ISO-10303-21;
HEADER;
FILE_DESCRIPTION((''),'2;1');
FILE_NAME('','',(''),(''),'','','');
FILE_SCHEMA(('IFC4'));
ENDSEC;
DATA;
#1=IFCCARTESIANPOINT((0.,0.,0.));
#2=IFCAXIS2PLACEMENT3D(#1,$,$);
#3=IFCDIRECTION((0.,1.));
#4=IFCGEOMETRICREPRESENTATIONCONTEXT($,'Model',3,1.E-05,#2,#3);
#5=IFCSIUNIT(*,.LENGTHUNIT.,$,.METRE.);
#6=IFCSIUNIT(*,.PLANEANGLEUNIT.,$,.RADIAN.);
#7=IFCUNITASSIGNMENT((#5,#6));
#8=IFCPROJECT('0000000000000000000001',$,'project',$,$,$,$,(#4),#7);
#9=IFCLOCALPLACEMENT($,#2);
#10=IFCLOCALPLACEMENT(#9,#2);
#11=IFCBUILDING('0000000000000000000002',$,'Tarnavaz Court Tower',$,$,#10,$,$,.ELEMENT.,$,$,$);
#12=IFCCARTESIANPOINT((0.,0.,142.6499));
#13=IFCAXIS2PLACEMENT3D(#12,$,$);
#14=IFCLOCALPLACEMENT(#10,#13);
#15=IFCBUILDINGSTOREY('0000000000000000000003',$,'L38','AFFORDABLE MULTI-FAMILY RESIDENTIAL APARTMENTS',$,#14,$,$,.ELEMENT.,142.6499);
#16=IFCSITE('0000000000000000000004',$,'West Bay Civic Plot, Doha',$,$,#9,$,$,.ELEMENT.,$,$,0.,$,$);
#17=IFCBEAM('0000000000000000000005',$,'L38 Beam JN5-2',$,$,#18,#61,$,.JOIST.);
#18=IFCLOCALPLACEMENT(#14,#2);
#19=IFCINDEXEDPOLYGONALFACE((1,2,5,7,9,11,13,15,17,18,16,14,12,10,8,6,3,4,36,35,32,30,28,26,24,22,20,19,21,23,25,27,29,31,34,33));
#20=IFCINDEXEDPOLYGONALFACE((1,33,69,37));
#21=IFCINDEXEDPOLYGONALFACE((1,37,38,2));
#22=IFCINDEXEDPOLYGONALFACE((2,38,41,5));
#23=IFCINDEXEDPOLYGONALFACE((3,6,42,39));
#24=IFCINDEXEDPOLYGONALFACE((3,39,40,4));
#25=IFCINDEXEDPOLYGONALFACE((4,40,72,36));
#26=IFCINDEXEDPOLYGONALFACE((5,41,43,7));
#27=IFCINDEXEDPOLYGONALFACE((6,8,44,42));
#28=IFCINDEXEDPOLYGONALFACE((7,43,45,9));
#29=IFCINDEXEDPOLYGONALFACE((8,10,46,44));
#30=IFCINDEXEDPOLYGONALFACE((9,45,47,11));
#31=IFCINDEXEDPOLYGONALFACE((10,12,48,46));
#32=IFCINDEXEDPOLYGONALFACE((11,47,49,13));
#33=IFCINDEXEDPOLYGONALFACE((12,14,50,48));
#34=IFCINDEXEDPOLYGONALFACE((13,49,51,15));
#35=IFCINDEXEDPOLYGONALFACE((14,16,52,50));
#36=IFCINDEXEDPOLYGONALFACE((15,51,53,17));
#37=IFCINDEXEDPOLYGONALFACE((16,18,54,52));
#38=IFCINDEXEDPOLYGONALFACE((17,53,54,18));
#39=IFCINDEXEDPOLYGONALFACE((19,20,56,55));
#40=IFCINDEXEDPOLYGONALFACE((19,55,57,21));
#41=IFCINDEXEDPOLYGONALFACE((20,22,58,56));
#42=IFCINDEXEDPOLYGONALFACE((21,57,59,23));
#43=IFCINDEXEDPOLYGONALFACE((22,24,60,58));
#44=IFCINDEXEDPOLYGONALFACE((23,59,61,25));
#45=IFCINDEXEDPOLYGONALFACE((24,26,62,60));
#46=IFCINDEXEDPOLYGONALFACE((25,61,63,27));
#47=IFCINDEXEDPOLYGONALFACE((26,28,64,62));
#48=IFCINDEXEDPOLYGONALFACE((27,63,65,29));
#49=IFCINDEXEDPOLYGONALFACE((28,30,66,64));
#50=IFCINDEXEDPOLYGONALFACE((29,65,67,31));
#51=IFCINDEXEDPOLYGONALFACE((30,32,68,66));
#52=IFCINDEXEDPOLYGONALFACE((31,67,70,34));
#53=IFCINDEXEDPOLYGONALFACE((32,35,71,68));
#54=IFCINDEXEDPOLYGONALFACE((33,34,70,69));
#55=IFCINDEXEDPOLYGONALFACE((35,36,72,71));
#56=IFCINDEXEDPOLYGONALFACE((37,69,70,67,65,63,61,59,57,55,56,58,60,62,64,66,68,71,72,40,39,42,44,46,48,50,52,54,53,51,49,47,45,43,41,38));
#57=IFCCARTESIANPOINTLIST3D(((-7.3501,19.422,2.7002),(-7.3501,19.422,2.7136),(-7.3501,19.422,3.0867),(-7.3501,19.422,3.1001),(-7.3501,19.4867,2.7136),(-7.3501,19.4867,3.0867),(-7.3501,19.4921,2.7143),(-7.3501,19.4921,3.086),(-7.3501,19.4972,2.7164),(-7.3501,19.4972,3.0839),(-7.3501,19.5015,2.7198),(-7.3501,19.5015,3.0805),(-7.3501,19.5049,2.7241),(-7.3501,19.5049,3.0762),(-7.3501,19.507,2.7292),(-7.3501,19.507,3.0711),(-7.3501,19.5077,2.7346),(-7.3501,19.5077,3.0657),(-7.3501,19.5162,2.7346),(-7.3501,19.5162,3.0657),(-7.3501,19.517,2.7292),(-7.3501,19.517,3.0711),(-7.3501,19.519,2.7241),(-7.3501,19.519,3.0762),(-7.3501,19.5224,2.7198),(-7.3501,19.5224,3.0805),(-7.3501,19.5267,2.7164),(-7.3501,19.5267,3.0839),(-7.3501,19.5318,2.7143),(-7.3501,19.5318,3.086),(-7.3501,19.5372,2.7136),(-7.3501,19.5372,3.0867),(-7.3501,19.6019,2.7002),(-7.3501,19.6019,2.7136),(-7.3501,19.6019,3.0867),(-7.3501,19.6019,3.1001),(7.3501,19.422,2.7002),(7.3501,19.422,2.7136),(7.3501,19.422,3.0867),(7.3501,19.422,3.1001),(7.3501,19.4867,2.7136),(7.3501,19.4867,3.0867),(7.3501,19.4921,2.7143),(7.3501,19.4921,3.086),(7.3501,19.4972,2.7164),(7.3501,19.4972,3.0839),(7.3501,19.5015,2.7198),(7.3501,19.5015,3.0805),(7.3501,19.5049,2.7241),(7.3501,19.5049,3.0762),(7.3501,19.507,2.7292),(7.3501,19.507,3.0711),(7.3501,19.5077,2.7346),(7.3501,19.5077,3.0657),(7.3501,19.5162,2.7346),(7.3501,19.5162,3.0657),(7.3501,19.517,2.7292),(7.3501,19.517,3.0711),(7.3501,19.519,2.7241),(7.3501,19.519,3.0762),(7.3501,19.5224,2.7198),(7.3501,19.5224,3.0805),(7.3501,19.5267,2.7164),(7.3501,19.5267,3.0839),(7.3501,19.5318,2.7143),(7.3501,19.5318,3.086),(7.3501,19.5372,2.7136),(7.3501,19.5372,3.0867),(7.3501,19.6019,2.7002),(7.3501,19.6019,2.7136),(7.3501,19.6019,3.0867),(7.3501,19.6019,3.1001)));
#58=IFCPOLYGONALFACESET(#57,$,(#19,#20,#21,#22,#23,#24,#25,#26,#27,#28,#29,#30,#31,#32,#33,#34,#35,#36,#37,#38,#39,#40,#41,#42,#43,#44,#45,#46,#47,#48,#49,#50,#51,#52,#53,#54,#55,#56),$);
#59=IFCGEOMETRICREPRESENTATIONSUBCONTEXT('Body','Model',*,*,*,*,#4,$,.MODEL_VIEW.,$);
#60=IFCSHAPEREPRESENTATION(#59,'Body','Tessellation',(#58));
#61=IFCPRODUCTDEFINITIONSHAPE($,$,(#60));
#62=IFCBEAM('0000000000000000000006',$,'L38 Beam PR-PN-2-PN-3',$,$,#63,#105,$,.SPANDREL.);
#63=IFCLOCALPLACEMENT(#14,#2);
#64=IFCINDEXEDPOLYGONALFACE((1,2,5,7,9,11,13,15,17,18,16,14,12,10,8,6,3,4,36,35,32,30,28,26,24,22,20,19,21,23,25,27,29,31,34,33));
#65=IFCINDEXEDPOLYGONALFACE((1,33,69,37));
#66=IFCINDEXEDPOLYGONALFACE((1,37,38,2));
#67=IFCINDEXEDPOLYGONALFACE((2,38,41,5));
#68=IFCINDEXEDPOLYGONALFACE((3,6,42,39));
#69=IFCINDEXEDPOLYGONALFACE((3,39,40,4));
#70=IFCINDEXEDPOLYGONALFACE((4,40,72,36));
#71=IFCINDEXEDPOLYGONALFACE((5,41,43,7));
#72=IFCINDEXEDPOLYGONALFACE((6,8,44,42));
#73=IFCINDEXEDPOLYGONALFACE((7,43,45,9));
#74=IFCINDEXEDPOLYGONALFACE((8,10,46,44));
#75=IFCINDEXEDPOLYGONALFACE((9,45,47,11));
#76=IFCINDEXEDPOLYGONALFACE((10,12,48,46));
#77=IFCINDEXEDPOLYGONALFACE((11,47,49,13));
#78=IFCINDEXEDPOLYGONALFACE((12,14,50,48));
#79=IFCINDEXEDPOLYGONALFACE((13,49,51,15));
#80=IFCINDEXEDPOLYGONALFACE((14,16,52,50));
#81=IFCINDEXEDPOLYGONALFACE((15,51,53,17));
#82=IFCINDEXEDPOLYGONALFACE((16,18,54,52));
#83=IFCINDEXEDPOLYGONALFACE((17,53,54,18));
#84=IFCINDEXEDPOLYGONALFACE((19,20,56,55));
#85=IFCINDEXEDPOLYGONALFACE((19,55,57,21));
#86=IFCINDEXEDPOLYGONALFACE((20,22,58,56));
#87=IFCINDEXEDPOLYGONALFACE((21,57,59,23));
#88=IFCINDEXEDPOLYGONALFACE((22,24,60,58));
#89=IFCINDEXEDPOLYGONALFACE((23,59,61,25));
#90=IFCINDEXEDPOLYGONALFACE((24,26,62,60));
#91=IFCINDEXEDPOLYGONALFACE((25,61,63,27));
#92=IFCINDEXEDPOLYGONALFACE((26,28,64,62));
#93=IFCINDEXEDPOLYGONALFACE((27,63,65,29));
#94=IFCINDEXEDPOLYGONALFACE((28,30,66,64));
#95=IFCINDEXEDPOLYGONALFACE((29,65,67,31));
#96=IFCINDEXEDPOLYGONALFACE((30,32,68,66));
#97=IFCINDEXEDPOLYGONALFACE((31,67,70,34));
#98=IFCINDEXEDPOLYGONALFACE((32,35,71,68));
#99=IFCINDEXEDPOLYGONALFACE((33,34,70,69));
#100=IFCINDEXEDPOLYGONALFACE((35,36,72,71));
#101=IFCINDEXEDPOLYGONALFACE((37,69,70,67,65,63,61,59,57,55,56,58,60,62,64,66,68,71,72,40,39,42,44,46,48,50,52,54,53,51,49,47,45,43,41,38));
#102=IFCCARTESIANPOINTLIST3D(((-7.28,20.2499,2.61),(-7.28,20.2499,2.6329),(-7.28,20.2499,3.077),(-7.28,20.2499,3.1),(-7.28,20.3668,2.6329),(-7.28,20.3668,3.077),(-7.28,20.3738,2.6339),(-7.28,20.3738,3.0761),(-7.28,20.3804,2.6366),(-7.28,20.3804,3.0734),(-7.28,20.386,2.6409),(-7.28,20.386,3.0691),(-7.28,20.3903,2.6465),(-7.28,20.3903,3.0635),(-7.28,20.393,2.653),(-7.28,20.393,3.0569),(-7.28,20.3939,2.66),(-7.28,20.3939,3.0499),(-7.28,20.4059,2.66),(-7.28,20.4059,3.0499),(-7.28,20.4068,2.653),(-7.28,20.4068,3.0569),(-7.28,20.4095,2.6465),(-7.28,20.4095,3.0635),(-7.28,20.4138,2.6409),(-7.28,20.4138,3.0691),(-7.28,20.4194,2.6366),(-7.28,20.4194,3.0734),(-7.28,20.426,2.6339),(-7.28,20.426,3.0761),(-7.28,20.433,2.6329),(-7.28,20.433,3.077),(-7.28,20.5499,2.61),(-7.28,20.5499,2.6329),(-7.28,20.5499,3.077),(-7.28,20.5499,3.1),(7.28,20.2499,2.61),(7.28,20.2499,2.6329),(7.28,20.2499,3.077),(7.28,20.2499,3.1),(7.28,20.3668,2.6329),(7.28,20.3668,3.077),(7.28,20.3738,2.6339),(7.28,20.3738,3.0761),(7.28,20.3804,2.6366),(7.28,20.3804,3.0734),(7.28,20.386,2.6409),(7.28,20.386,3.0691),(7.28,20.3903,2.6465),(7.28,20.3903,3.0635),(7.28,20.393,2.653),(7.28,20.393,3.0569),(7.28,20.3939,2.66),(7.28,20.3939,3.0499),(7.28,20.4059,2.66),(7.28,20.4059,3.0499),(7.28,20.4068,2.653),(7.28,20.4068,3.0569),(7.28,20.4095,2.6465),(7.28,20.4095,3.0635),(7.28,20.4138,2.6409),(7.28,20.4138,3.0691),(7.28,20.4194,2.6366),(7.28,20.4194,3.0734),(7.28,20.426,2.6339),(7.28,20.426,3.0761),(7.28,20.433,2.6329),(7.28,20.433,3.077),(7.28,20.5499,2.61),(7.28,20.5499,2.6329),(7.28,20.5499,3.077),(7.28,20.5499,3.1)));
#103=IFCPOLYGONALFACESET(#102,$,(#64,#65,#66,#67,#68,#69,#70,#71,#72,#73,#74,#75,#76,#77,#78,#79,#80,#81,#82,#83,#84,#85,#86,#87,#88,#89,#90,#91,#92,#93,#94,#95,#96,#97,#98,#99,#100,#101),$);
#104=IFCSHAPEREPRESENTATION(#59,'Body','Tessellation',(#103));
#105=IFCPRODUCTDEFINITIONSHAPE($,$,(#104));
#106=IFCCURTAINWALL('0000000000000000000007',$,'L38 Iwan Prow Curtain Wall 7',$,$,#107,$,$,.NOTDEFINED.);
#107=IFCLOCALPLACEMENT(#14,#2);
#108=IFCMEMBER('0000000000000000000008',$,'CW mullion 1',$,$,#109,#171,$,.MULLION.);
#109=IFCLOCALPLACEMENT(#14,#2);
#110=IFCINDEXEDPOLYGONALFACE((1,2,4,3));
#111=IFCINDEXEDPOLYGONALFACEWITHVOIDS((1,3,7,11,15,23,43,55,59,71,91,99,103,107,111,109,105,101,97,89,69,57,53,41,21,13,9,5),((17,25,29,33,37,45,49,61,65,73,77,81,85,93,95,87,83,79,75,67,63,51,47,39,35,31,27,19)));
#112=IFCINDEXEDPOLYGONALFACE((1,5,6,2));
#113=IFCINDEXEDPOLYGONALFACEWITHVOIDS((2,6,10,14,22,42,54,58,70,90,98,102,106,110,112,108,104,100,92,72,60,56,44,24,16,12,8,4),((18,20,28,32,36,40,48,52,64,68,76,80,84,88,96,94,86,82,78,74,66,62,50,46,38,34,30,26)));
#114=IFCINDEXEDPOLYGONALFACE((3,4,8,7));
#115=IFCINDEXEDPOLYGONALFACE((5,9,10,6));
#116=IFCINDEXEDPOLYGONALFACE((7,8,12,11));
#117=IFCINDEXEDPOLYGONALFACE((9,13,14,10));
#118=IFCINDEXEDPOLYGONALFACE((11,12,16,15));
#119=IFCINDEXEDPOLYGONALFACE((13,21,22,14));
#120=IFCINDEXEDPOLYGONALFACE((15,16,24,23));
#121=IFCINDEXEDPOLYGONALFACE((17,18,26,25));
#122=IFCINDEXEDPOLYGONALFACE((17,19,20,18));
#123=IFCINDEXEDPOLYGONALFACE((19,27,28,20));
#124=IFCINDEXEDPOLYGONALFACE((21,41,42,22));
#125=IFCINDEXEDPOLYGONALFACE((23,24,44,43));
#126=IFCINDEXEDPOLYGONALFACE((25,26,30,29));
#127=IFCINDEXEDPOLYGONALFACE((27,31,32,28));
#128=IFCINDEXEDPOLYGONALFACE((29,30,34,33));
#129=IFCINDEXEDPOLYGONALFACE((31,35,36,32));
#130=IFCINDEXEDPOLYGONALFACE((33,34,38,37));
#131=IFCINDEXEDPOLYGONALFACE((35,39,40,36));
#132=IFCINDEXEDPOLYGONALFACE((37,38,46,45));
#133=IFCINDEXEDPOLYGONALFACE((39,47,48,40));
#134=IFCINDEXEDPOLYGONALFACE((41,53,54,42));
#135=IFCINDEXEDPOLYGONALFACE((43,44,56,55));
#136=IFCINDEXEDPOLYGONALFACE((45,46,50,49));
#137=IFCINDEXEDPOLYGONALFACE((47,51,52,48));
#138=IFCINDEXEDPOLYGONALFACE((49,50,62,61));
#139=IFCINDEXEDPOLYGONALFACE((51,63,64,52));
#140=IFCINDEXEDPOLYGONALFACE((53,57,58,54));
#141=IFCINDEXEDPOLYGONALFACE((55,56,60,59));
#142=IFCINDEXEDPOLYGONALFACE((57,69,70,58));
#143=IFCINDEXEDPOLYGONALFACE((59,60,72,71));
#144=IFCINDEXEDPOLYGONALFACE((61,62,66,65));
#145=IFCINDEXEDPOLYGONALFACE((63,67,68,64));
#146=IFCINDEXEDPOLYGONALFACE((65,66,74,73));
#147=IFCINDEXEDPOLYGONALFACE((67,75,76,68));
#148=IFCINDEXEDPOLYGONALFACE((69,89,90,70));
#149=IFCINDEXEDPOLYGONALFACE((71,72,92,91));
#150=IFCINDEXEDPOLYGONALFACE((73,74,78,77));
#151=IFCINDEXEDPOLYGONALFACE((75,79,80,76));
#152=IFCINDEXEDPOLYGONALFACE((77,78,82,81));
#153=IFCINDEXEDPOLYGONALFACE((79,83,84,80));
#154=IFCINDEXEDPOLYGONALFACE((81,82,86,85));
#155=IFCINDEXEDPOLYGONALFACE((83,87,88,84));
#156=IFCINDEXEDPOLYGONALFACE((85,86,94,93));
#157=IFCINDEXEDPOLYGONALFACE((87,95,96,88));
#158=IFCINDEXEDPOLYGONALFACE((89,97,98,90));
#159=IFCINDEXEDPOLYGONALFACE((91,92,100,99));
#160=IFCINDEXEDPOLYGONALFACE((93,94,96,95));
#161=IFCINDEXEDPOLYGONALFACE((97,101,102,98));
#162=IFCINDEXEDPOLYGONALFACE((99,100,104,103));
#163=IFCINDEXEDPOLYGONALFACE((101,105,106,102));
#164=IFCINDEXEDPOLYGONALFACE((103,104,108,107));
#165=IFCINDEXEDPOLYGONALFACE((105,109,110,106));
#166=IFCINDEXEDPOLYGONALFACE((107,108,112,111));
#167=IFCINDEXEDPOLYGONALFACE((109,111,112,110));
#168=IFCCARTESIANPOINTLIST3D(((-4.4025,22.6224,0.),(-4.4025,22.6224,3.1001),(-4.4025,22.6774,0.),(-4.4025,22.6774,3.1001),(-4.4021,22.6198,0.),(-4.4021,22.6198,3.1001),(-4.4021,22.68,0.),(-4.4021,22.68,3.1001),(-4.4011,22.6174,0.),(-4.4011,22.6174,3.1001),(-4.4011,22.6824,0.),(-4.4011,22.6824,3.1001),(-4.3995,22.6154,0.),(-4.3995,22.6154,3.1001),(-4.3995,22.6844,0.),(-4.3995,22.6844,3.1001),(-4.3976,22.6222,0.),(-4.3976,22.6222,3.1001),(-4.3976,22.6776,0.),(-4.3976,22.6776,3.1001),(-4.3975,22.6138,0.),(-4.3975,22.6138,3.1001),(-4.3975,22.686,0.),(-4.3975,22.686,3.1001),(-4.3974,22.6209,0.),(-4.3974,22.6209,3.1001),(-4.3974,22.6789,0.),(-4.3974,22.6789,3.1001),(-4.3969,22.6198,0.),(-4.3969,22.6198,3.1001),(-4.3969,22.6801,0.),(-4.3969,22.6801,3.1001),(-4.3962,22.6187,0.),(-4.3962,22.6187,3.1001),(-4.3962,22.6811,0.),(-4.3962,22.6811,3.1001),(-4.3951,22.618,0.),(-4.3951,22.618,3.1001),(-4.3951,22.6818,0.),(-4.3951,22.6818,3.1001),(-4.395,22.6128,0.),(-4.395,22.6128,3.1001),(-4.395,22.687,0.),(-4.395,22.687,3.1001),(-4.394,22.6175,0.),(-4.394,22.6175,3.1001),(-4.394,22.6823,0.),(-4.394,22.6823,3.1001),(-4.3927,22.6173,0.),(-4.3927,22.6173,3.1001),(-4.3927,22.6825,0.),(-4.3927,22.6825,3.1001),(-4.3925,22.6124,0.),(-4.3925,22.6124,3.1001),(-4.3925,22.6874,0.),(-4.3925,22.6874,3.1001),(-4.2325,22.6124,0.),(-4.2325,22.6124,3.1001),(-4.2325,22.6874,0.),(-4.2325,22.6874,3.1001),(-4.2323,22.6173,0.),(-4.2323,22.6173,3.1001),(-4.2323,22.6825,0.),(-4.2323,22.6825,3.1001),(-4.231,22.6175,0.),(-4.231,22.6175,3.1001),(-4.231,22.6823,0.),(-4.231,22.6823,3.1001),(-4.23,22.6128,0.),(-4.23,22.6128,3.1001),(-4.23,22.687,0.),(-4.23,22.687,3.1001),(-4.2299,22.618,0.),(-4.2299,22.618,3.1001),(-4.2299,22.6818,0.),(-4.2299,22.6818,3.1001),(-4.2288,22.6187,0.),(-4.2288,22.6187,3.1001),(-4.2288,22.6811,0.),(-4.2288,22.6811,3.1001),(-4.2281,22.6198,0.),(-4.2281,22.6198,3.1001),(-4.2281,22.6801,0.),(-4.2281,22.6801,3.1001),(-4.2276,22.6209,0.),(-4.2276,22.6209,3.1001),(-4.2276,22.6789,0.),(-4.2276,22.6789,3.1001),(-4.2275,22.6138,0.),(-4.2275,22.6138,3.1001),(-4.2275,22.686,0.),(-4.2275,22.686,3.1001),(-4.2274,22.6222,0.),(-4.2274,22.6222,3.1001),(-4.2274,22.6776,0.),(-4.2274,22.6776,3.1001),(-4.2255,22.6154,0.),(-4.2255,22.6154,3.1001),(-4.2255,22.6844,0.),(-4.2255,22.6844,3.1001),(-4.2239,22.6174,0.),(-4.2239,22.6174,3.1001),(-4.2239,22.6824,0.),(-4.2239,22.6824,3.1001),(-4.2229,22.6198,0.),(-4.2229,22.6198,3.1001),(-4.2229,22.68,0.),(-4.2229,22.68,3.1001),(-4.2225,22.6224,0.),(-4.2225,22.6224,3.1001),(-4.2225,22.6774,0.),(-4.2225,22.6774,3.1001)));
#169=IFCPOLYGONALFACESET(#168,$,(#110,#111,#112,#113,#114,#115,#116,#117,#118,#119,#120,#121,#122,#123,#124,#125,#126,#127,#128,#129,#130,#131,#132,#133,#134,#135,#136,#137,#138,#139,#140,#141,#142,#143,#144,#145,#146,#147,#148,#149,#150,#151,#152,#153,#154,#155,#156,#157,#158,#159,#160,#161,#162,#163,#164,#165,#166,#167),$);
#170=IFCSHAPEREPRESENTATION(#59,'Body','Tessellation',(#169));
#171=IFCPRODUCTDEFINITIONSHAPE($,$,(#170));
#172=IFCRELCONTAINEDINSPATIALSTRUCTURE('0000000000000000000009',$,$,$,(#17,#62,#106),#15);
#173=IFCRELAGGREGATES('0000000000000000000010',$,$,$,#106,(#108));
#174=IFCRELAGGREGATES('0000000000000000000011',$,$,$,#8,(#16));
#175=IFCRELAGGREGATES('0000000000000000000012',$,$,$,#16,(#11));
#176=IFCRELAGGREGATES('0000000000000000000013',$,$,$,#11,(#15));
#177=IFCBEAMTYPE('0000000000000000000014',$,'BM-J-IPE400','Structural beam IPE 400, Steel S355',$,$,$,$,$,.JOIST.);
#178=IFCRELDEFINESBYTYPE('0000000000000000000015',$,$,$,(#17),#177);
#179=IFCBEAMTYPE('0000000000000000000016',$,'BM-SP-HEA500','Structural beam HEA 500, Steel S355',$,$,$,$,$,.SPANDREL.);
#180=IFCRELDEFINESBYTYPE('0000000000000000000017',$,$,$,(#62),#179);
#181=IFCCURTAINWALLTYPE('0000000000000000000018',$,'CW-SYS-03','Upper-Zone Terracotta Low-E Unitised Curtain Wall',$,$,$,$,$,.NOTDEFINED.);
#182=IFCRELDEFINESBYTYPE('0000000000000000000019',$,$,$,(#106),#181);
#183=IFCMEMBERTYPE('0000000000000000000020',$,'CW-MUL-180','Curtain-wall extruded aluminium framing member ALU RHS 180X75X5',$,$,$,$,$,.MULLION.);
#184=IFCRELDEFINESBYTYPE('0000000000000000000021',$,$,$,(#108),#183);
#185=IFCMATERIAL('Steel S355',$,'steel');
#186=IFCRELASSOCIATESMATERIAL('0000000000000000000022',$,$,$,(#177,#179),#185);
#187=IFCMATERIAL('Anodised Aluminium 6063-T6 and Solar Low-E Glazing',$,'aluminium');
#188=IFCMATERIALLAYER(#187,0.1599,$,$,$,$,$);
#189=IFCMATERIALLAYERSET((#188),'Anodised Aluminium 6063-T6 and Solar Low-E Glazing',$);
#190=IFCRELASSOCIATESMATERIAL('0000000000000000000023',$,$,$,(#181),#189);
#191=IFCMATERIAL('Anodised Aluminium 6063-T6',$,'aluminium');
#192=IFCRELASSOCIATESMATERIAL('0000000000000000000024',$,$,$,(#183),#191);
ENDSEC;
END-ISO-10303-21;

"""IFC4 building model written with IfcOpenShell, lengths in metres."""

from ifc_helpers import new_model, si_unit, direction, frame, origin, origin_2d, place, context, subcontext, project, spatial, hollow_rectangle, i_section, extrude, material, layer, layer_set, material_profile, profile_set, type_object, element, aggregate, save


model = new_model("IFC4")

# Units and contexts
model_context = context("Model", 3, precision=1e-05, world=origin(), true_north=direction((0.0, 1.0)))
body_context = subcontext(model_context, "Body", "Model", "MODEL_VIEW")
ifc_project = project(units=[si_unit("LENGTHUNIT", "METRE"), si_unit("PLANEANGLEUNIT", "RADIAN")], contexts=[model_context])

# Site, building, storey
site_placement = place(None, origin())
site = spatial("IfcSite", under=ifc_project, at=site_placement, Name="West Bay Civic Plot, Doha", CompositionType="ELEMENT", RefElevation=0.0)
building_placement = place(site_placement, origin())
building = spatial("IfcBuilding", under=site, at=building_placement, Name="Tarnavaz Court Tower", CompositionType="ELEMENT")
storey_placement = place(building_placement, frame((0.0, 0.0, 142.6499)))
storey = spatial("IfcBuildingStorey", under=building, at=storey_placement, Name="L38", Description="AFFORDABLE MULTI-FAMILY RESIDENTIAL APARTMENTS", CompositionType="ELEMENT", Elevation=142.6499)

# Beams
ifc_material_1 = material(Name="Steel S355", Category="steel")
ifc_material_profile_1 = material_profile(ifc_material_1, i_section(OverallWidth=0.1799, OverallDepth=0.3999, WebThickness=0.0085, FlangeThickness=0.0134, FilletRadius=0.021, at=origin_2d()), Name="IPE 400")
ifc_profile_set_1 = profile_set([ifc_material_profile_1], Name="Steel S355")
beam_type_1 = type_object("IfcBeamType", Name="BM-J-IPE400", Description="Structural beam IPE 400, Steel S355", PredefinedType="JOIST", material=ifc_profile_set_1)
for number, where, z_axis, x_axis, name in (
    (1, (-7.3501, 19.512, 2.9001), (1.0, 0.0, 0.0), (0.0, 1.0, 0.0), "L38 Beam JN5-2"),
):
    element("IfcBeam", number, at=place(storey_placement, frame(where, z_axis=z_axis, x_axis=x_axis)), inside=storey, type_object=beam_type_1, Name=name, PredefinedType="JOIST", context=body_context, shape_type="SweptSolid", body=[
        extrude(i_section(OverallWidth=0.1799, OverallDepth=0.3999, WebThickness=0.0085, FlangeThickness=0.0134, FilletRadius=0.021, at=origin_2d()), origin(), (0.0, 0.0, 1.0), 14.7002),
    ])
ifc_material_profile_2 = material_profile(ifc_material_1, i_section(OverallWidth=0.3, OverallDepth=0.49, WebThickness=0.012, FlangeThickness=0.0229, FilletRadius=0.0271, at=origin_2d()), Name="HEA 500")
ifc_profile_set_2 = profile_set([ifc_material_profile_2], Name="Steel S355")
beam_type_2 = type_object("IfcBeamType", Name="BM-SP-HEA500", Description="Structural beam HEA 500, Steel S355", PredefinedType="SPANDREL", material=ifc_profile_set_2)
beam_placement = place(storey_placement, frame((-7.28, 20.3999, 2.855), z_axis=(1.0, 0.0, 0.0), x_axis=(0.0, 1.0, 0.0)))
element("IfcBeam", 2, at=beam_placement, inside=storey, type_object=beam_type_2, Name="L38 Beam PR-PN-2-PN-3", PredefinedType="SPANDREL", context=body_context, shape_type="SweptSolid", body=[
    extrude(i_section(OverallWidth=0.3, OverallDepth=0.49, WebThickness=0.012, FlangeThickness=0.0229, FilletRadius=0.0271, at=origin_2d()), origin(), (0.0, 0.0, 1.0), 14.5601),
])

# Curtain wall, member
ifc_material_2 = material(Name="Anodised Aluminium 6063-T6 and Solar Low-E Glazing", Category="aluminium")
ifc_layer_1 = layer(ifc_material_2, 0.1599)
ifc_layer_set_1 = layer_set([ifc_layer_1], Name="Anodised Aluminium 6063-T6 and Solar Low-E Glazing")
curtain_wall_type = type_object("IfcCurtainWallType", Name="CW-SYS-03", Description="Upper-Zone Terracotta Low-E Unitised Curtain Wall", PredefinedType="NOTDEFINED", material=ifc_layer_set_1)
curtain_wall_placement = place(storey_placement, origin())
curtain_wall = element("IfcCurtainWall", 3, at=curtain_wall_placement, inside=storey, type_object=curtain_wall_type, Name="L38 Iwan Prow Curtain Wall 7", PredefinedType="NOTDEFINED")
ifc_material_3 = material(Name="Anodised Aluminium 6063-T6", Category="aluminium")
ifc_material_profile_3 = material_profile(ifc_material_3, hollow_rectangle(XDim=0.075, YDim=0.1799, WallThickness=0.0049, InnerFilletRadius=0.0049, OuterFilletRadius=0.01, at=origin_2d()), Name="ALU RHS 180X75X5")
ifc_profile_set_3 = profile_set([ifc_material_profile_3], Name="Anodised Aluminium 6063-T6")
member_type_1 = type_object("IfcMemberType", Name="CW-MUL-180", Description="Curtain-wall extruded aluminium framing member ALU RHS 180X75X5", PredefinedType="MULLION", material=ifc_profile_set_3)
member_1_placement = place(storey_placement, frame((-4.3125, 22.6499, 0.0), z_axis=(0.0, 0.0, 1.0), x_axis=(0.0, 1.0, 0.0)))
member_1 = element("IfcMember", 4, at=member_1_placement, type_object=member_type_1, Name="CW mullion 1", PredefinedType="MULLION", context=body_context, shape_type="SweptSolid", body=[
    extrude(hollow_rectangle(XDim=0.075, YDim=0.1799, WallThickness=0.0049, InnerFilletRadius=0.0049, OuterFilletRadius=0.01, at=origin_2d()), origin(), (0.0, 0.0, 1.0), 3.1001),
])
aggregate(curtain_wall, [member_1])

save(model, "model.ifc")
